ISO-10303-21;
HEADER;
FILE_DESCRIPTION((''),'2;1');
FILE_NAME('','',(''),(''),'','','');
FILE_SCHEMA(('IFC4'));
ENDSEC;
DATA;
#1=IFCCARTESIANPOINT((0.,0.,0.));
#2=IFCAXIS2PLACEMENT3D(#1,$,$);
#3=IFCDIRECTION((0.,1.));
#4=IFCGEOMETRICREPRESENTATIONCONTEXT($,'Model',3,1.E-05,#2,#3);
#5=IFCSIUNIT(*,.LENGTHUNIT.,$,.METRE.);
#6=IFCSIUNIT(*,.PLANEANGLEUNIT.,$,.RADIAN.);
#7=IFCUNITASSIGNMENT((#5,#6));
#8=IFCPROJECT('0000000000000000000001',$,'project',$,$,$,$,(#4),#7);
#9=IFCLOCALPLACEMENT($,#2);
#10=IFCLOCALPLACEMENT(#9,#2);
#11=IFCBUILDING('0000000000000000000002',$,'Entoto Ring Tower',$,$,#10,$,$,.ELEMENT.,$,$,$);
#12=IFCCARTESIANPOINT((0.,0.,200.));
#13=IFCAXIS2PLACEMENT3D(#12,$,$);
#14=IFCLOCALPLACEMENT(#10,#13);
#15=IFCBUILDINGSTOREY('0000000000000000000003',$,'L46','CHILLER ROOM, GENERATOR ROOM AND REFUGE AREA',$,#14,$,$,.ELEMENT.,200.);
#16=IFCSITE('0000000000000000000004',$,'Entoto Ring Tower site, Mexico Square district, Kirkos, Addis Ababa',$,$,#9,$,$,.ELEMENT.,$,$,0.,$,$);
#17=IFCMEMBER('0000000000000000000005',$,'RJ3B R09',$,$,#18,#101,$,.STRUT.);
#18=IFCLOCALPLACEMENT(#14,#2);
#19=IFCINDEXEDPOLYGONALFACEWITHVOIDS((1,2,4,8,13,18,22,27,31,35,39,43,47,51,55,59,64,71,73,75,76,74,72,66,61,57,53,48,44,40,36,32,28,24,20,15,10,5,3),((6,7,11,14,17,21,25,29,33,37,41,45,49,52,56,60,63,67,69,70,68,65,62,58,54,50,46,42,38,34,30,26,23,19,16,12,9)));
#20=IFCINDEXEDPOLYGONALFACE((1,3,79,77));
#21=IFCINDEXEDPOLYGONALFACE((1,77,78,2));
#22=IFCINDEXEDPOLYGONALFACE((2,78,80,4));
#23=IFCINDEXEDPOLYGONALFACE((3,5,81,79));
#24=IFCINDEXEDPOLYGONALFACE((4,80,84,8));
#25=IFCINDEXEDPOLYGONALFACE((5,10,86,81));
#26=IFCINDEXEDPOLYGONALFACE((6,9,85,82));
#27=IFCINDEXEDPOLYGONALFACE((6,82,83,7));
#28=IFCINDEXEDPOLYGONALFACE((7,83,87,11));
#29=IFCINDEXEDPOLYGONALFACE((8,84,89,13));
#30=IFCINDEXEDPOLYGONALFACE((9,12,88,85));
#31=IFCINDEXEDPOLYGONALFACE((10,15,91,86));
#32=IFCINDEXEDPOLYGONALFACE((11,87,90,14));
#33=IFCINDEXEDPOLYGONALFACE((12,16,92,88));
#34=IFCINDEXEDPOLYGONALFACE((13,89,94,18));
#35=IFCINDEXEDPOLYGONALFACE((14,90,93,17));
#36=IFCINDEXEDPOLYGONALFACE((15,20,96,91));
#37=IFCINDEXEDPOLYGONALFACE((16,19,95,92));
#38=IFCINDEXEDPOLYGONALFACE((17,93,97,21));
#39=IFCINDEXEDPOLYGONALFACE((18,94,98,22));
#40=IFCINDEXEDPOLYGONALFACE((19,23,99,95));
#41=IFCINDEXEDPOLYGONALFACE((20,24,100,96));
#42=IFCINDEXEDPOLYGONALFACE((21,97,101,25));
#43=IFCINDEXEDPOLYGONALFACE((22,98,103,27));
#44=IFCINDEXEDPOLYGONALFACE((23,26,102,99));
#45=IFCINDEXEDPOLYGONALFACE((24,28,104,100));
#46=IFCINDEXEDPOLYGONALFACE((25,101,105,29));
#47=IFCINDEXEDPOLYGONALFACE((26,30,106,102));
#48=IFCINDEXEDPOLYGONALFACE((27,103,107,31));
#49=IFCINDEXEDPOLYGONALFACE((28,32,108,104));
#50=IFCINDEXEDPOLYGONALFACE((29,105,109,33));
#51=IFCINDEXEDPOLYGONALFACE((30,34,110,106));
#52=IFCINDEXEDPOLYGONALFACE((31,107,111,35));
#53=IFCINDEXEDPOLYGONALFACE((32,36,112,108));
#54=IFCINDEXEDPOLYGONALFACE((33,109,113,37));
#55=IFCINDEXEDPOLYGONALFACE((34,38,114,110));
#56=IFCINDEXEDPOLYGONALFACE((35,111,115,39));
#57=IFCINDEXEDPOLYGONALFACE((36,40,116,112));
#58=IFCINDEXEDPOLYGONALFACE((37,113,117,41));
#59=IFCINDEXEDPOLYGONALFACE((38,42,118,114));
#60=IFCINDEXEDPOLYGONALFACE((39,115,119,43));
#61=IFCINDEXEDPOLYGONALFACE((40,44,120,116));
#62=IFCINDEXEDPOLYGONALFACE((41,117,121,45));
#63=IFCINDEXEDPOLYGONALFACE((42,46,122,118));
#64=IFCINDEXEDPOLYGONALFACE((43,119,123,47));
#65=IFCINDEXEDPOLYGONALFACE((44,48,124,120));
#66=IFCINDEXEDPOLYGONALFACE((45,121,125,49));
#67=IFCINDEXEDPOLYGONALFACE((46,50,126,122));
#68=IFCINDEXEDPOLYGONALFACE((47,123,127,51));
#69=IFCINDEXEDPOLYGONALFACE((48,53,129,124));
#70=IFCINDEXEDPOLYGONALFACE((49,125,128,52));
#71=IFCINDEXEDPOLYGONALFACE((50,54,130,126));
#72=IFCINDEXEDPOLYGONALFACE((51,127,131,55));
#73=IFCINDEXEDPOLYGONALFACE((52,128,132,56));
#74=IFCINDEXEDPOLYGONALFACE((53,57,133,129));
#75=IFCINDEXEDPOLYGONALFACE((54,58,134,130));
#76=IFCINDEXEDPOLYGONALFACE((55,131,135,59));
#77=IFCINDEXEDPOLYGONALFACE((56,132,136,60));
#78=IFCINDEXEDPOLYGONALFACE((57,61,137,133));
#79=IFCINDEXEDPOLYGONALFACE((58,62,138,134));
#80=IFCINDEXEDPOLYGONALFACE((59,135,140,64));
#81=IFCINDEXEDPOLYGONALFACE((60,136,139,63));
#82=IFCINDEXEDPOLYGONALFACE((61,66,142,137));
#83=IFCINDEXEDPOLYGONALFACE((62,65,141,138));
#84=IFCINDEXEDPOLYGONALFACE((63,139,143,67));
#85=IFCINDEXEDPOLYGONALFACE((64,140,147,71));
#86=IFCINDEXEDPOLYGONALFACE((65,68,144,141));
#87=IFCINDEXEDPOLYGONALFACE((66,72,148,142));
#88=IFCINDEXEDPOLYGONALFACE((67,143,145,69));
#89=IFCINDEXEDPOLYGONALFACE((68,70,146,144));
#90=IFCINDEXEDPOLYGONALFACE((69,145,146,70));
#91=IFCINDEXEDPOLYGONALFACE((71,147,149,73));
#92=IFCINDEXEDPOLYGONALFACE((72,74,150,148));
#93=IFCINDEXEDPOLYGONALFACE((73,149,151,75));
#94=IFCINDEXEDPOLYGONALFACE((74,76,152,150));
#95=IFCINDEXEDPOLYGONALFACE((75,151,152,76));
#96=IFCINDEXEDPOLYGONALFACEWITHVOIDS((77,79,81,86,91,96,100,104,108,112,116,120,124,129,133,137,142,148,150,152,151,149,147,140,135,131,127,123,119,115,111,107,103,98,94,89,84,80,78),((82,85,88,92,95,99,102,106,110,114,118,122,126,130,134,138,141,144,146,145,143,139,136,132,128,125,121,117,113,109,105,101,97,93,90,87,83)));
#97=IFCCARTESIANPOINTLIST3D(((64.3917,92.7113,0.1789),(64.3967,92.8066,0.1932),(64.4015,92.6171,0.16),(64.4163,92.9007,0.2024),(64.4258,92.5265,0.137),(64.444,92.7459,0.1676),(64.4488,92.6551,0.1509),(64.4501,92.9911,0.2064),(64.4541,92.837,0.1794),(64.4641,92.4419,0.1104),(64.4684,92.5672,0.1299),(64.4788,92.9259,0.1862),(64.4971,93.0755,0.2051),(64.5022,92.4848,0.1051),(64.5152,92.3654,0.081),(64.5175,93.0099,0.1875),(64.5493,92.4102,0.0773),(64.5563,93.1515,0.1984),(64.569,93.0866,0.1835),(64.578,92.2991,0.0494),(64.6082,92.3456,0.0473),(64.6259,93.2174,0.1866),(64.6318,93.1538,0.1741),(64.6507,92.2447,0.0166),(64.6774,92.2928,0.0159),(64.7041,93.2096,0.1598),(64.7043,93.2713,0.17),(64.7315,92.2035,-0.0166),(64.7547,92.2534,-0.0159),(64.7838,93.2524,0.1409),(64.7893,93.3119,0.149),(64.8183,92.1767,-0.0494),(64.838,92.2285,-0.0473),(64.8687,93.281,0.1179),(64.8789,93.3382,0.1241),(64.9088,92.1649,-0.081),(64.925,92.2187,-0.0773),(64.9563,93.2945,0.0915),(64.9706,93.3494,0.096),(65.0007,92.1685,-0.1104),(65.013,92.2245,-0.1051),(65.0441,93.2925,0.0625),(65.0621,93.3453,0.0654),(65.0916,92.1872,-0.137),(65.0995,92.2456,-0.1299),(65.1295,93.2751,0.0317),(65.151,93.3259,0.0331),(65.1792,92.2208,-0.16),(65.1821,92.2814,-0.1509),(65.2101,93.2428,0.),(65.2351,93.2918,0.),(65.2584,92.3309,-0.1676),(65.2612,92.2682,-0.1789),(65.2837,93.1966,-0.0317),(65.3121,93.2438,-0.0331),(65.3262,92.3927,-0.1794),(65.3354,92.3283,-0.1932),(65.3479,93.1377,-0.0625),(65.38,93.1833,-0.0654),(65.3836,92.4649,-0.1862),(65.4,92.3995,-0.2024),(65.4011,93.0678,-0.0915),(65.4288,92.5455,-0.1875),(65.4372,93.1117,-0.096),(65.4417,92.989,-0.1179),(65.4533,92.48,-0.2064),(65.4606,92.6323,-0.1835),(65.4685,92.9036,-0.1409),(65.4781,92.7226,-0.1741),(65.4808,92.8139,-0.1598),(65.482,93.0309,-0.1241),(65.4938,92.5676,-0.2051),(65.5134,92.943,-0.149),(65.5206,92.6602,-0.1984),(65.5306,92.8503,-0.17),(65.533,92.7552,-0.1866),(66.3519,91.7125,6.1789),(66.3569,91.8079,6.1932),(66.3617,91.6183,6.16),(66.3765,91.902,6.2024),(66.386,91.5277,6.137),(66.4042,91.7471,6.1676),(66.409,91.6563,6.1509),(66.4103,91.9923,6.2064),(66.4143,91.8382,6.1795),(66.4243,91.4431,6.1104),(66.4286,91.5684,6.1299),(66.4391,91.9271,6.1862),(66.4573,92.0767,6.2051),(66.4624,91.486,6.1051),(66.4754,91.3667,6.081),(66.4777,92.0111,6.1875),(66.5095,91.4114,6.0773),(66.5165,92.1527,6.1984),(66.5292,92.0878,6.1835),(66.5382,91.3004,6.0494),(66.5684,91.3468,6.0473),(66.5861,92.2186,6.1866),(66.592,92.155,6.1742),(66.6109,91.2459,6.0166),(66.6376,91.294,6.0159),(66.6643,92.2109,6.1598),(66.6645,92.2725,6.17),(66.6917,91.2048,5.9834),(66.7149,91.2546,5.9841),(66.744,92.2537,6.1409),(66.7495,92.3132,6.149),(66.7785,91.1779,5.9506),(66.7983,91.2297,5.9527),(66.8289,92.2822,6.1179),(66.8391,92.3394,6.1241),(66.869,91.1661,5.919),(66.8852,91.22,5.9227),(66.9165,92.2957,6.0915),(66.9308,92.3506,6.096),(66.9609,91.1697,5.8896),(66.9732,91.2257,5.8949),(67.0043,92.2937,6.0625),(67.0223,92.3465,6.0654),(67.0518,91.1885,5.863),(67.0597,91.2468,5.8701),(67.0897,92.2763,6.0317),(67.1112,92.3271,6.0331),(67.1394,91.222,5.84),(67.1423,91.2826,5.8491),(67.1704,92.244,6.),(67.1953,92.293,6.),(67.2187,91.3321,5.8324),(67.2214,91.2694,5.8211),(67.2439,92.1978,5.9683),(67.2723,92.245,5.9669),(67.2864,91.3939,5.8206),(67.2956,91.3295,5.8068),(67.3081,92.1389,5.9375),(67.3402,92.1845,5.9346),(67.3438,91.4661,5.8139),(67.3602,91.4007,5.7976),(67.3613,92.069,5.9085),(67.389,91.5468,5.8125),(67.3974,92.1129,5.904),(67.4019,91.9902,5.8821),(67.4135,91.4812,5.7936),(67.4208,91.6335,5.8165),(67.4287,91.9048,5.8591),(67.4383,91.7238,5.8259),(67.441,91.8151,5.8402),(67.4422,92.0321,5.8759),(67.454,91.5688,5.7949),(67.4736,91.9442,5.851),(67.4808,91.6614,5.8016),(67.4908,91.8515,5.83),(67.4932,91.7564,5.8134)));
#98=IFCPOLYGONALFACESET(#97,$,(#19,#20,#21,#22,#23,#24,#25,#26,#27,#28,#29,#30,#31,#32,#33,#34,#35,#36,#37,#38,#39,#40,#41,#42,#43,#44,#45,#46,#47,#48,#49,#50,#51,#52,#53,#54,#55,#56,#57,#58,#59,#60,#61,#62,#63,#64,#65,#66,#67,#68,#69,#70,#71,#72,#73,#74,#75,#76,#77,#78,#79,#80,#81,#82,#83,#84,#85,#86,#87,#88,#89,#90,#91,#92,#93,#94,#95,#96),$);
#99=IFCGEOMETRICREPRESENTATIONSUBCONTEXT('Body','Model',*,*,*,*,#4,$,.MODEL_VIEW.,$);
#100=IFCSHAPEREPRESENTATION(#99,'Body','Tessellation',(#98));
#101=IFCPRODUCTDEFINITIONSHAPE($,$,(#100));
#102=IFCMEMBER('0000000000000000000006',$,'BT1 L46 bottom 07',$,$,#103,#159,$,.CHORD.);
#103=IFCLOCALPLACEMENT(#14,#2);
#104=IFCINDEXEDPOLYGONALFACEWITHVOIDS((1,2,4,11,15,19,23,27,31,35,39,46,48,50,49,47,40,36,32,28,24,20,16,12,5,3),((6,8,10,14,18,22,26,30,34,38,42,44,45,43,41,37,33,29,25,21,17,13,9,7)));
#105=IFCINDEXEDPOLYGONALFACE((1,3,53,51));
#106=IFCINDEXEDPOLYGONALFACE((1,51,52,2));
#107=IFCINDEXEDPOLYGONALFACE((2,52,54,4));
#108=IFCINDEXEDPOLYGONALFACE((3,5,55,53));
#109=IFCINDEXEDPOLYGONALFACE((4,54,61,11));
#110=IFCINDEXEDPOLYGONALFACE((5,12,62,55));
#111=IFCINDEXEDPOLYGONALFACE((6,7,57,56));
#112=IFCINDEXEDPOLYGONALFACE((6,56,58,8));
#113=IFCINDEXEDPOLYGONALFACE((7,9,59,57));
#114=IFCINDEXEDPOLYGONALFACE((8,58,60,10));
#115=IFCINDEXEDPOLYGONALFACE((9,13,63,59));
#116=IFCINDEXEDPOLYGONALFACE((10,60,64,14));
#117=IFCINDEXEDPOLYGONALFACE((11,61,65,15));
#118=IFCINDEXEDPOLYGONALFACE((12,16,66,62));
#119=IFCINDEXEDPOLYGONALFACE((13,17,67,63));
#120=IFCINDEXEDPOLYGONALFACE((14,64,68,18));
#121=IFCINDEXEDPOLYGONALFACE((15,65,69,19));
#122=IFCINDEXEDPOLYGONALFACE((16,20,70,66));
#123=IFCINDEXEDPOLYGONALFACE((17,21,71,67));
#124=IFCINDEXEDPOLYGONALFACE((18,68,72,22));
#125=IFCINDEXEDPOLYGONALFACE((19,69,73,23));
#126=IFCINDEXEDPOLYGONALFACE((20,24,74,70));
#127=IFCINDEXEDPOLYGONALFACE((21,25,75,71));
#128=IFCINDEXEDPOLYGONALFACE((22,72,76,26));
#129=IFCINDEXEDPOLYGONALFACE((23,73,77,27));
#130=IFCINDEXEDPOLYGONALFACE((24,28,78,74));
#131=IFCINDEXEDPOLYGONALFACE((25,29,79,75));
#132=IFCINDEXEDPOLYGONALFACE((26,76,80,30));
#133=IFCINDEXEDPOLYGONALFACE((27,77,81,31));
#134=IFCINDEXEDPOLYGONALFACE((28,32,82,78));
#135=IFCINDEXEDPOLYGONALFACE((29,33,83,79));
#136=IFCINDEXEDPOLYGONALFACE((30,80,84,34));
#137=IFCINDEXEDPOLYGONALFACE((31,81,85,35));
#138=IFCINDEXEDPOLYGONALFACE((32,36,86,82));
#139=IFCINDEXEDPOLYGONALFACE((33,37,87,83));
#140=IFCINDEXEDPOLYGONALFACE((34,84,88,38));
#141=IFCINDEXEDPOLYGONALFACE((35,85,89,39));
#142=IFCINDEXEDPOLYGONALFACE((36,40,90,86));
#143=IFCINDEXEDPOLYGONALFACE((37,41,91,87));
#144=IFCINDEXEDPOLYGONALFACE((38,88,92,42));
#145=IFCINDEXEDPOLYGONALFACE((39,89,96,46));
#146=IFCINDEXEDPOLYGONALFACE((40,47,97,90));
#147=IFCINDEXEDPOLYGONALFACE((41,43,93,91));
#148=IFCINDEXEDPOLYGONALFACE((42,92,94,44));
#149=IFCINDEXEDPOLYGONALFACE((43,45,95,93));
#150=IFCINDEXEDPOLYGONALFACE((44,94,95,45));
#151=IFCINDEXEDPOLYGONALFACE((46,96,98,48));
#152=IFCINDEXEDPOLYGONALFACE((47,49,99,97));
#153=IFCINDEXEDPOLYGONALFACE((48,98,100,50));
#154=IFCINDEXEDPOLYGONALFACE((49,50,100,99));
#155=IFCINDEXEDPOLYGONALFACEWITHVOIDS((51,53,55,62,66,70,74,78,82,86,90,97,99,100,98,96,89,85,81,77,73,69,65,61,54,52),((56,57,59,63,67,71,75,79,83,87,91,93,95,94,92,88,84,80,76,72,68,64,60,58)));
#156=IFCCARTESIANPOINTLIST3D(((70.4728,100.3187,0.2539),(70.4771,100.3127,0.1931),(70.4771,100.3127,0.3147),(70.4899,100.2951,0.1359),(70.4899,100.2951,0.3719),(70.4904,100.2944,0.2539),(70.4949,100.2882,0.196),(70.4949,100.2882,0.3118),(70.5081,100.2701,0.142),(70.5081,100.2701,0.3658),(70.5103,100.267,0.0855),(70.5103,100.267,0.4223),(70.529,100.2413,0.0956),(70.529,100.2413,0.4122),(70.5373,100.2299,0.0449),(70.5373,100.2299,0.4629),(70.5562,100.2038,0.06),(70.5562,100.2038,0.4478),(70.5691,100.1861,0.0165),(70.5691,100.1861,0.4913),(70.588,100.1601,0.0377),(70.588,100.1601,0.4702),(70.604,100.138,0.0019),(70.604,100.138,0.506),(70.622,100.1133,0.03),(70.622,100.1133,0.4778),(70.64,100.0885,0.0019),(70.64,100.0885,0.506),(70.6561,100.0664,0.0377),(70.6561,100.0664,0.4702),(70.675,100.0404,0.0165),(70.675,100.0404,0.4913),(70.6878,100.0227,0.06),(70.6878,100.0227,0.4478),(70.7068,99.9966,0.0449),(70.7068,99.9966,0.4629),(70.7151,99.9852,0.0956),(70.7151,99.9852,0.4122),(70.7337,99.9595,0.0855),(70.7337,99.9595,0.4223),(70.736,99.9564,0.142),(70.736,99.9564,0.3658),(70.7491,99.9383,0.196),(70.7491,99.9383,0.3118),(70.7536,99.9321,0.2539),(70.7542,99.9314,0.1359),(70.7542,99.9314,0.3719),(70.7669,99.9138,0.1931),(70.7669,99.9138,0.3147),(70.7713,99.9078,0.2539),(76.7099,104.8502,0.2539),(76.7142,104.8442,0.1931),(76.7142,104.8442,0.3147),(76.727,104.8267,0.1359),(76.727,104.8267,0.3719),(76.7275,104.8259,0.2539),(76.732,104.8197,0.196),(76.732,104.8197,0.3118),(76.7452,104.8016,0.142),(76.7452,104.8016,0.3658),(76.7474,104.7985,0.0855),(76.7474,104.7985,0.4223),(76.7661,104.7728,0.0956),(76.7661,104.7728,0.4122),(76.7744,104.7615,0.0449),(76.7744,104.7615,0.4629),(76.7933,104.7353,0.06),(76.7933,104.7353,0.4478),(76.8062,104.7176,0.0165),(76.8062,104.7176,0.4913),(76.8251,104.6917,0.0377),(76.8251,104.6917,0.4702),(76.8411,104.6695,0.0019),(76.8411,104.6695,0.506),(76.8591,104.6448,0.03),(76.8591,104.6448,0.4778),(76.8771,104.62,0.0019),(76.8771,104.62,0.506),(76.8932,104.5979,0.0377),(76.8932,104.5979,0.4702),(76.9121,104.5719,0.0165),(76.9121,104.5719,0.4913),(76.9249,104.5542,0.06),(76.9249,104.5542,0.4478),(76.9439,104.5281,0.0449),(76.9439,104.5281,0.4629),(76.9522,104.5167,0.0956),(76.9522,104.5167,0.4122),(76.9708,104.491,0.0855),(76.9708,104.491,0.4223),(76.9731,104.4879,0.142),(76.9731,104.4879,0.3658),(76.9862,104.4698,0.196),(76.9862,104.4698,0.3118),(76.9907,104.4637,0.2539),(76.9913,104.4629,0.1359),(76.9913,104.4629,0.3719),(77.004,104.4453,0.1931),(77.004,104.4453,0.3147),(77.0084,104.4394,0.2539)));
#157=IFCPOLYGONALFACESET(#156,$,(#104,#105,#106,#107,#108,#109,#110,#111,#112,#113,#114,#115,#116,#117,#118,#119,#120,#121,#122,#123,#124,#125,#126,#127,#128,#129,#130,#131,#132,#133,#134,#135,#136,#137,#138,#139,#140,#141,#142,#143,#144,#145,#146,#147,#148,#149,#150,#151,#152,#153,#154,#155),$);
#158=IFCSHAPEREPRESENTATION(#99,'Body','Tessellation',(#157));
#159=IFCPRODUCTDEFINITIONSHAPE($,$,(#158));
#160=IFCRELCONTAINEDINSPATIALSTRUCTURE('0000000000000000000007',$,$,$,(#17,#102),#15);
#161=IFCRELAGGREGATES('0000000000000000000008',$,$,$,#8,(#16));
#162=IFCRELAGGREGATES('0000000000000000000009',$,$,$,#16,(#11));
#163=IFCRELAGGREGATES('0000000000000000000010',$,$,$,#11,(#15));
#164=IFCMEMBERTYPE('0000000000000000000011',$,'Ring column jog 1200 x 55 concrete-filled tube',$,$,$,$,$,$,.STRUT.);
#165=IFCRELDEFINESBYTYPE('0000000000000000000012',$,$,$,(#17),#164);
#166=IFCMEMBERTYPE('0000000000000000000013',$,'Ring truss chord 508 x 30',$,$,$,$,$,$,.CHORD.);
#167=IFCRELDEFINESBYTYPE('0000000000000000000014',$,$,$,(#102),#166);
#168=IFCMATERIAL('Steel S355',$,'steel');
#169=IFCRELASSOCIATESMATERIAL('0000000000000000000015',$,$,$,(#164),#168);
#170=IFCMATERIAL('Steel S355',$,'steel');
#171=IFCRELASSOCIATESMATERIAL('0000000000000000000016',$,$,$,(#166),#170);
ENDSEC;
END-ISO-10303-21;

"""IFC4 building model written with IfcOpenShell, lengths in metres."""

from ifc_helpers import new_model, si_unit, direction, frame, origin, origin_2d, place, context, subcontext, project, spatial, circle, hollow_circle, extrude, material, material_profile, profile_set, type_object, element, save


model = new_model("IFC4")

# Units and contexts
model_context = context("Model", 3, precision=1e-05, world=origin(), true_north=direction((0.0, 1.0)))
body_context = subcontext(model_context, "Body", "Model", "MODEL_VIEW")
ifc_project = project(units=[si_unit("LENGTHUNIT", "METRE"), si_unit("PLANEANGLEUNIT", "RADIAN")], contexts=[model_context])

# Site, building, storey
site_placement = place(None, origin())
site = spatial("IfcSite", under=ifc_project, at=site_placement, Name="Entoto Ring Tower site, Mexico Square district, Kirkos, Addis Ababa", CompositionType="ELEMENT", RefElevation=0.0)
building_placement = place(site_placement, origin())
building = spatial("IfcBuilding", under=site, at=building_placement, Name="Entoto Ring Tower", CompositionType="ELEMENT")
storey_placement = place(building_placement, frame((0.0, 0.0, 200.0)))
storey = spatial("IfcBuildingStorey", under=building, at=storey_placement, Name="L46", Description="CHILLER ROOM, GENERATOR ROOM AND REFUGE AREA", CompositionType="ELEMENT", Elevation=200.0)

# Members
ifc_material_1 = material(Name="Steel S355", Category="steel")
ifc_material_profile_1 = material_profile(ifc_material_1, hollow_circle(Radius=0.6001, WallThickness=0.0549, at=origin_2d()), Name="CHS 1200 x 55")
ifc_material_2 = material(Name="Concrete C60/75", Category="concrete")
ifc_material_profile_2 = material_profile(ifc_material_2, circle(Radius=0.5449, at=origin_2d()), Name="Concrete C60/75 infill")
ifc_profile_set_1 = profile_set([ifc_material_profile_1, ifc_material_profile_2], Name="Steel S355")
member_type_1 = type_object("IfcMemberType", Name="Ring column jog 1200 x 55 concrete-filled tube", PredefinedType="STRUT", material=ifc_profile_set_1)
for number, where, z_axis, x_axis, name in (
    (1, (64.9626, 92.7571, 0.0), (0.306732, -0.156288, 0.938877), (0.453992, 0.891006, 0.0), "RJ3B R09"),
):
    element("IfcMember", number, at=place(storey_placement, frame(where, z_axis=z_axis, x_axis=x_axis)), inside=storey, type_object=member_type_1, Name=name, PredefinedType="STRUT", context=body_context, shape_type="SweptSolid", body=[
        extrude(hollow_circle(Radius=0.6001, WallThickness=0.0549, at=origin_2d()), origin(), (0.0, 0.0, 1.0), 6.3906),
    ])
ifc_material_3 = material(Name="Steel S355", Category="steel")
ifc_material_profile_3 = material_profile(ifc_material_3, hollow_circle(Radius=0.2539, WallThickness=0.03, at=origin_2d()), Name="CHS 508 x 30")
ifc_material_4 = material(Name="Concrete C60/75", Category="concrete")
ifc_material_profile_4 = material_profile(ifc_material_4, circle(Radius=0.2241, at=origin_2d()), Name="Concrete C60/75 infill")
ifc_profile_set_2 = profile_set([ifc_material_profile_3, ifc_material_profile_4], Name="Steel S355")
member_type_2 = type_object("IfcMemberType", Name="Ring truss chord 508 x 30", PredefinedType="CHORD", material=ifc_profile_set_2)
for number, where, z_axis, x_axis, name in (
    (2, (76.8591, 104.6448, 0.2539), (-0.809017, -0.587786, 0.0), (0.587786, -0.809017, 0.0), "BT1 L46 bottom 07"),
):
    element("IfcMember", number, at=place(storey_placement, frame(where, z_axis=z_axis, x_axis=x_axis)), inside=storey, type_object=member_type_2, Name=name, PredefinedType="CHORD", context=body_context, shape_type="SweptSolid", body=[
        extrude(hollow_circle(Radius=0.2539, WallThickness=0.03, at=origin_2d()), origin(), (0.0, 0.0, 1.0), 7.7095),
    ])

save(model, "model.ifc")
